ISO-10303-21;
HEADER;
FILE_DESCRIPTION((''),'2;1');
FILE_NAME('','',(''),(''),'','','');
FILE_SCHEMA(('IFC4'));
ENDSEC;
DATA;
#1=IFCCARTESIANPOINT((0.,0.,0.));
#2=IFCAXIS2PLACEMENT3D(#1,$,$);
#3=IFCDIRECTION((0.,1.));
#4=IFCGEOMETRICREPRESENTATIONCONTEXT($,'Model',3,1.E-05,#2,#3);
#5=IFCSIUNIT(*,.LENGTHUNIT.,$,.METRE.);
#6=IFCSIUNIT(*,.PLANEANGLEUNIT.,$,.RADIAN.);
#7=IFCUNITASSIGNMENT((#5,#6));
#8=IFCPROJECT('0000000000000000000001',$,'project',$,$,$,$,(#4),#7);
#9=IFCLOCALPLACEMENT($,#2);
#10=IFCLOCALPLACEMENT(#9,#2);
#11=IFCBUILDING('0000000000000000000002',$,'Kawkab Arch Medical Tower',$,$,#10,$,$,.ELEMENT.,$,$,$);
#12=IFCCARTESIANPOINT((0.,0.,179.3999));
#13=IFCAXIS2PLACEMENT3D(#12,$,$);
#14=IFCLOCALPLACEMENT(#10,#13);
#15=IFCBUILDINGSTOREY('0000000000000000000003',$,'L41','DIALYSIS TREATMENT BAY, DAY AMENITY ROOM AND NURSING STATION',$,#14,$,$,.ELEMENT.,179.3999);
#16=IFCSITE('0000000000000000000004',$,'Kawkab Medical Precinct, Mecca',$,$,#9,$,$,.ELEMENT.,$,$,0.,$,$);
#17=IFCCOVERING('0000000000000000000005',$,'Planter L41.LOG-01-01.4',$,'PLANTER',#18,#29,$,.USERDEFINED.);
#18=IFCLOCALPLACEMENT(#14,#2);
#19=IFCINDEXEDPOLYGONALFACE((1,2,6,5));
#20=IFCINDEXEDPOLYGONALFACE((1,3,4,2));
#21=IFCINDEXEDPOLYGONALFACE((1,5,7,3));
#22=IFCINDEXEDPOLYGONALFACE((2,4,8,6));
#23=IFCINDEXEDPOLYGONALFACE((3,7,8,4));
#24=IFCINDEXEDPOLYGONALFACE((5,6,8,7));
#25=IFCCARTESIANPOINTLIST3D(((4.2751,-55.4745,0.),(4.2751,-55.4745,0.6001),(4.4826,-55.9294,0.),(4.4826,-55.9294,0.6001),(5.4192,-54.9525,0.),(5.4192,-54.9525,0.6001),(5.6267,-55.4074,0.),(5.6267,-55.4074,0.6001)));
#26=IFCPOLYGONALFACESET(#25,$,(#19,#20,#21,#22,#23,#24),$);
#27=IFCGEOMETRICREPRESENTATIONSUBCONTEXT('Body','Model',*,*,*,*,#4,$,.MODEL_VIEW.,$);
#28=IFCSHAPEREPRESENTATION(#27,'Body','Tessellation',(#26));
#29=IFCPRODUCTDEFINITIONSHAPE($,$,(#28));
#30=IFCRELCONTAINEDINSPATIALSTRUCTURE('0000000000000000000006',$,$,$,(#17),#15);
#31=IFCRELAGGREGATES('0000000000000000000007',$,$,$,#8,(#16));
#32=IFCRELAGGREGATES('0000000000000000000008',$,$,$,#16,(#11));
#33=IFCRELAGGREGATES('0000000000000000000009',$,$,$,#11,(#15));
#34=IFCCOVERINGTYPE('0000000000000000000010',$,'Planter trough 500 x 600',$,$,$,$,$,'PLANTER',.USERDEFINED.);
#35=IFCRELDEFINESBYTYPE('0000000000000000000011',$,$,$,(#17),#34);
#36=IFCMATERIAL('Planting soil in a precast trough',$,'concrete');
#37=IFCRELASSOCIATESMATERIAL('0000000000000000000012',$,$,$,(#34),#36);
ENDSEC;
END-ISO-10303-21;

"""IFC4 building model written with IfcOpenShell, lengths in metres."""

from ifc_helpers import new_model, si_unit, direction, frame, origin, origin_2d, place, context, subcontext, project, spatial, rectangle, extrude, material, material_profile, profile_set, type_object, element, save


model = new_model("IFC4")

# Units and contexts
model_context = context("Model", 3, precision=1e-05, world=origin(), true_north=direction((0.0, 1.0)))
body_context = subcontext(model_context, "Body", "Model", "MODEL_VIEW")
ifc_project = project(units=[si_unit("LENGTHUNIT", "METRE"), si_unit("PLANEANGLEUNIT", "RADIAN")], contexts=[model_context])

# Site, building, storey
site_placement = place(None, origin())
site = spatial("IfcSite", under=ifc_project, at=site_placement, Name="Kawkab Medical Precinct, Mecca", CompositionType="ELEMENT", RefElevation=0.0)
building_placement = place(site_placement, origin())
building = spatial("IfcBuilding", under=site, at=building_placement, Name="Kawkab Arch Medical Tower", CompositionType="ELEMENT")
storey_placement = place(building_placement, frame((0.0, 0.0, 179.3999)))
storey = spatial("IfcBuildingStorey", under=building, at=storey_placement, Name="L41", Description="DIALYSIS TREATMENT BAY, DAY AMENITY ROOM AND NURSING STATION", CompositionType="ELEMENT", Elevation=179.3999)

# Covering
ifc_material_1 = material(Name="Planting soil in a precast trough", Category="concrete")
ifc_material_profile_1 = material_profile(ifc_material_1, rectangle(XDim=0.5, YDim=0.6001, at=origin_2d()), Name="Trough 500x600")
ifc_profile_set_1 = profile_set([ifc_material_profile_1], Name="Planting soil in a precast trough")
covering_type = type_object("IfcCoveringType", Name="Planter trough 500 x 600", ElementType="PLANTER", PredefinedType="USERDEFINED", material=ifc_profile_set_1)
covering_placement = place(storey_placement, frame((5.5229, -55.1799, 0.3), z_axis=(-0.90978, -0.41509, 0.0), x_axis=(0.41509, -0.90978, 0.0)))
element("IfcCovering", 1, at=covering_placement, inside=storey, type_object=covering_type, Name="Planter L41.LOG-01-01.4", ObjectType="PLANTER", PredefinedType="USERDEFINED", context=body_context, shape_type="SweptSolid", body=[
    extrude(rectangle(XDim=0.5, YDim=0.6001, at=origin_2d()), origin(), (0.0, 0.0, 1.0), 1.2576),
])

save(model, "model.ifc")
